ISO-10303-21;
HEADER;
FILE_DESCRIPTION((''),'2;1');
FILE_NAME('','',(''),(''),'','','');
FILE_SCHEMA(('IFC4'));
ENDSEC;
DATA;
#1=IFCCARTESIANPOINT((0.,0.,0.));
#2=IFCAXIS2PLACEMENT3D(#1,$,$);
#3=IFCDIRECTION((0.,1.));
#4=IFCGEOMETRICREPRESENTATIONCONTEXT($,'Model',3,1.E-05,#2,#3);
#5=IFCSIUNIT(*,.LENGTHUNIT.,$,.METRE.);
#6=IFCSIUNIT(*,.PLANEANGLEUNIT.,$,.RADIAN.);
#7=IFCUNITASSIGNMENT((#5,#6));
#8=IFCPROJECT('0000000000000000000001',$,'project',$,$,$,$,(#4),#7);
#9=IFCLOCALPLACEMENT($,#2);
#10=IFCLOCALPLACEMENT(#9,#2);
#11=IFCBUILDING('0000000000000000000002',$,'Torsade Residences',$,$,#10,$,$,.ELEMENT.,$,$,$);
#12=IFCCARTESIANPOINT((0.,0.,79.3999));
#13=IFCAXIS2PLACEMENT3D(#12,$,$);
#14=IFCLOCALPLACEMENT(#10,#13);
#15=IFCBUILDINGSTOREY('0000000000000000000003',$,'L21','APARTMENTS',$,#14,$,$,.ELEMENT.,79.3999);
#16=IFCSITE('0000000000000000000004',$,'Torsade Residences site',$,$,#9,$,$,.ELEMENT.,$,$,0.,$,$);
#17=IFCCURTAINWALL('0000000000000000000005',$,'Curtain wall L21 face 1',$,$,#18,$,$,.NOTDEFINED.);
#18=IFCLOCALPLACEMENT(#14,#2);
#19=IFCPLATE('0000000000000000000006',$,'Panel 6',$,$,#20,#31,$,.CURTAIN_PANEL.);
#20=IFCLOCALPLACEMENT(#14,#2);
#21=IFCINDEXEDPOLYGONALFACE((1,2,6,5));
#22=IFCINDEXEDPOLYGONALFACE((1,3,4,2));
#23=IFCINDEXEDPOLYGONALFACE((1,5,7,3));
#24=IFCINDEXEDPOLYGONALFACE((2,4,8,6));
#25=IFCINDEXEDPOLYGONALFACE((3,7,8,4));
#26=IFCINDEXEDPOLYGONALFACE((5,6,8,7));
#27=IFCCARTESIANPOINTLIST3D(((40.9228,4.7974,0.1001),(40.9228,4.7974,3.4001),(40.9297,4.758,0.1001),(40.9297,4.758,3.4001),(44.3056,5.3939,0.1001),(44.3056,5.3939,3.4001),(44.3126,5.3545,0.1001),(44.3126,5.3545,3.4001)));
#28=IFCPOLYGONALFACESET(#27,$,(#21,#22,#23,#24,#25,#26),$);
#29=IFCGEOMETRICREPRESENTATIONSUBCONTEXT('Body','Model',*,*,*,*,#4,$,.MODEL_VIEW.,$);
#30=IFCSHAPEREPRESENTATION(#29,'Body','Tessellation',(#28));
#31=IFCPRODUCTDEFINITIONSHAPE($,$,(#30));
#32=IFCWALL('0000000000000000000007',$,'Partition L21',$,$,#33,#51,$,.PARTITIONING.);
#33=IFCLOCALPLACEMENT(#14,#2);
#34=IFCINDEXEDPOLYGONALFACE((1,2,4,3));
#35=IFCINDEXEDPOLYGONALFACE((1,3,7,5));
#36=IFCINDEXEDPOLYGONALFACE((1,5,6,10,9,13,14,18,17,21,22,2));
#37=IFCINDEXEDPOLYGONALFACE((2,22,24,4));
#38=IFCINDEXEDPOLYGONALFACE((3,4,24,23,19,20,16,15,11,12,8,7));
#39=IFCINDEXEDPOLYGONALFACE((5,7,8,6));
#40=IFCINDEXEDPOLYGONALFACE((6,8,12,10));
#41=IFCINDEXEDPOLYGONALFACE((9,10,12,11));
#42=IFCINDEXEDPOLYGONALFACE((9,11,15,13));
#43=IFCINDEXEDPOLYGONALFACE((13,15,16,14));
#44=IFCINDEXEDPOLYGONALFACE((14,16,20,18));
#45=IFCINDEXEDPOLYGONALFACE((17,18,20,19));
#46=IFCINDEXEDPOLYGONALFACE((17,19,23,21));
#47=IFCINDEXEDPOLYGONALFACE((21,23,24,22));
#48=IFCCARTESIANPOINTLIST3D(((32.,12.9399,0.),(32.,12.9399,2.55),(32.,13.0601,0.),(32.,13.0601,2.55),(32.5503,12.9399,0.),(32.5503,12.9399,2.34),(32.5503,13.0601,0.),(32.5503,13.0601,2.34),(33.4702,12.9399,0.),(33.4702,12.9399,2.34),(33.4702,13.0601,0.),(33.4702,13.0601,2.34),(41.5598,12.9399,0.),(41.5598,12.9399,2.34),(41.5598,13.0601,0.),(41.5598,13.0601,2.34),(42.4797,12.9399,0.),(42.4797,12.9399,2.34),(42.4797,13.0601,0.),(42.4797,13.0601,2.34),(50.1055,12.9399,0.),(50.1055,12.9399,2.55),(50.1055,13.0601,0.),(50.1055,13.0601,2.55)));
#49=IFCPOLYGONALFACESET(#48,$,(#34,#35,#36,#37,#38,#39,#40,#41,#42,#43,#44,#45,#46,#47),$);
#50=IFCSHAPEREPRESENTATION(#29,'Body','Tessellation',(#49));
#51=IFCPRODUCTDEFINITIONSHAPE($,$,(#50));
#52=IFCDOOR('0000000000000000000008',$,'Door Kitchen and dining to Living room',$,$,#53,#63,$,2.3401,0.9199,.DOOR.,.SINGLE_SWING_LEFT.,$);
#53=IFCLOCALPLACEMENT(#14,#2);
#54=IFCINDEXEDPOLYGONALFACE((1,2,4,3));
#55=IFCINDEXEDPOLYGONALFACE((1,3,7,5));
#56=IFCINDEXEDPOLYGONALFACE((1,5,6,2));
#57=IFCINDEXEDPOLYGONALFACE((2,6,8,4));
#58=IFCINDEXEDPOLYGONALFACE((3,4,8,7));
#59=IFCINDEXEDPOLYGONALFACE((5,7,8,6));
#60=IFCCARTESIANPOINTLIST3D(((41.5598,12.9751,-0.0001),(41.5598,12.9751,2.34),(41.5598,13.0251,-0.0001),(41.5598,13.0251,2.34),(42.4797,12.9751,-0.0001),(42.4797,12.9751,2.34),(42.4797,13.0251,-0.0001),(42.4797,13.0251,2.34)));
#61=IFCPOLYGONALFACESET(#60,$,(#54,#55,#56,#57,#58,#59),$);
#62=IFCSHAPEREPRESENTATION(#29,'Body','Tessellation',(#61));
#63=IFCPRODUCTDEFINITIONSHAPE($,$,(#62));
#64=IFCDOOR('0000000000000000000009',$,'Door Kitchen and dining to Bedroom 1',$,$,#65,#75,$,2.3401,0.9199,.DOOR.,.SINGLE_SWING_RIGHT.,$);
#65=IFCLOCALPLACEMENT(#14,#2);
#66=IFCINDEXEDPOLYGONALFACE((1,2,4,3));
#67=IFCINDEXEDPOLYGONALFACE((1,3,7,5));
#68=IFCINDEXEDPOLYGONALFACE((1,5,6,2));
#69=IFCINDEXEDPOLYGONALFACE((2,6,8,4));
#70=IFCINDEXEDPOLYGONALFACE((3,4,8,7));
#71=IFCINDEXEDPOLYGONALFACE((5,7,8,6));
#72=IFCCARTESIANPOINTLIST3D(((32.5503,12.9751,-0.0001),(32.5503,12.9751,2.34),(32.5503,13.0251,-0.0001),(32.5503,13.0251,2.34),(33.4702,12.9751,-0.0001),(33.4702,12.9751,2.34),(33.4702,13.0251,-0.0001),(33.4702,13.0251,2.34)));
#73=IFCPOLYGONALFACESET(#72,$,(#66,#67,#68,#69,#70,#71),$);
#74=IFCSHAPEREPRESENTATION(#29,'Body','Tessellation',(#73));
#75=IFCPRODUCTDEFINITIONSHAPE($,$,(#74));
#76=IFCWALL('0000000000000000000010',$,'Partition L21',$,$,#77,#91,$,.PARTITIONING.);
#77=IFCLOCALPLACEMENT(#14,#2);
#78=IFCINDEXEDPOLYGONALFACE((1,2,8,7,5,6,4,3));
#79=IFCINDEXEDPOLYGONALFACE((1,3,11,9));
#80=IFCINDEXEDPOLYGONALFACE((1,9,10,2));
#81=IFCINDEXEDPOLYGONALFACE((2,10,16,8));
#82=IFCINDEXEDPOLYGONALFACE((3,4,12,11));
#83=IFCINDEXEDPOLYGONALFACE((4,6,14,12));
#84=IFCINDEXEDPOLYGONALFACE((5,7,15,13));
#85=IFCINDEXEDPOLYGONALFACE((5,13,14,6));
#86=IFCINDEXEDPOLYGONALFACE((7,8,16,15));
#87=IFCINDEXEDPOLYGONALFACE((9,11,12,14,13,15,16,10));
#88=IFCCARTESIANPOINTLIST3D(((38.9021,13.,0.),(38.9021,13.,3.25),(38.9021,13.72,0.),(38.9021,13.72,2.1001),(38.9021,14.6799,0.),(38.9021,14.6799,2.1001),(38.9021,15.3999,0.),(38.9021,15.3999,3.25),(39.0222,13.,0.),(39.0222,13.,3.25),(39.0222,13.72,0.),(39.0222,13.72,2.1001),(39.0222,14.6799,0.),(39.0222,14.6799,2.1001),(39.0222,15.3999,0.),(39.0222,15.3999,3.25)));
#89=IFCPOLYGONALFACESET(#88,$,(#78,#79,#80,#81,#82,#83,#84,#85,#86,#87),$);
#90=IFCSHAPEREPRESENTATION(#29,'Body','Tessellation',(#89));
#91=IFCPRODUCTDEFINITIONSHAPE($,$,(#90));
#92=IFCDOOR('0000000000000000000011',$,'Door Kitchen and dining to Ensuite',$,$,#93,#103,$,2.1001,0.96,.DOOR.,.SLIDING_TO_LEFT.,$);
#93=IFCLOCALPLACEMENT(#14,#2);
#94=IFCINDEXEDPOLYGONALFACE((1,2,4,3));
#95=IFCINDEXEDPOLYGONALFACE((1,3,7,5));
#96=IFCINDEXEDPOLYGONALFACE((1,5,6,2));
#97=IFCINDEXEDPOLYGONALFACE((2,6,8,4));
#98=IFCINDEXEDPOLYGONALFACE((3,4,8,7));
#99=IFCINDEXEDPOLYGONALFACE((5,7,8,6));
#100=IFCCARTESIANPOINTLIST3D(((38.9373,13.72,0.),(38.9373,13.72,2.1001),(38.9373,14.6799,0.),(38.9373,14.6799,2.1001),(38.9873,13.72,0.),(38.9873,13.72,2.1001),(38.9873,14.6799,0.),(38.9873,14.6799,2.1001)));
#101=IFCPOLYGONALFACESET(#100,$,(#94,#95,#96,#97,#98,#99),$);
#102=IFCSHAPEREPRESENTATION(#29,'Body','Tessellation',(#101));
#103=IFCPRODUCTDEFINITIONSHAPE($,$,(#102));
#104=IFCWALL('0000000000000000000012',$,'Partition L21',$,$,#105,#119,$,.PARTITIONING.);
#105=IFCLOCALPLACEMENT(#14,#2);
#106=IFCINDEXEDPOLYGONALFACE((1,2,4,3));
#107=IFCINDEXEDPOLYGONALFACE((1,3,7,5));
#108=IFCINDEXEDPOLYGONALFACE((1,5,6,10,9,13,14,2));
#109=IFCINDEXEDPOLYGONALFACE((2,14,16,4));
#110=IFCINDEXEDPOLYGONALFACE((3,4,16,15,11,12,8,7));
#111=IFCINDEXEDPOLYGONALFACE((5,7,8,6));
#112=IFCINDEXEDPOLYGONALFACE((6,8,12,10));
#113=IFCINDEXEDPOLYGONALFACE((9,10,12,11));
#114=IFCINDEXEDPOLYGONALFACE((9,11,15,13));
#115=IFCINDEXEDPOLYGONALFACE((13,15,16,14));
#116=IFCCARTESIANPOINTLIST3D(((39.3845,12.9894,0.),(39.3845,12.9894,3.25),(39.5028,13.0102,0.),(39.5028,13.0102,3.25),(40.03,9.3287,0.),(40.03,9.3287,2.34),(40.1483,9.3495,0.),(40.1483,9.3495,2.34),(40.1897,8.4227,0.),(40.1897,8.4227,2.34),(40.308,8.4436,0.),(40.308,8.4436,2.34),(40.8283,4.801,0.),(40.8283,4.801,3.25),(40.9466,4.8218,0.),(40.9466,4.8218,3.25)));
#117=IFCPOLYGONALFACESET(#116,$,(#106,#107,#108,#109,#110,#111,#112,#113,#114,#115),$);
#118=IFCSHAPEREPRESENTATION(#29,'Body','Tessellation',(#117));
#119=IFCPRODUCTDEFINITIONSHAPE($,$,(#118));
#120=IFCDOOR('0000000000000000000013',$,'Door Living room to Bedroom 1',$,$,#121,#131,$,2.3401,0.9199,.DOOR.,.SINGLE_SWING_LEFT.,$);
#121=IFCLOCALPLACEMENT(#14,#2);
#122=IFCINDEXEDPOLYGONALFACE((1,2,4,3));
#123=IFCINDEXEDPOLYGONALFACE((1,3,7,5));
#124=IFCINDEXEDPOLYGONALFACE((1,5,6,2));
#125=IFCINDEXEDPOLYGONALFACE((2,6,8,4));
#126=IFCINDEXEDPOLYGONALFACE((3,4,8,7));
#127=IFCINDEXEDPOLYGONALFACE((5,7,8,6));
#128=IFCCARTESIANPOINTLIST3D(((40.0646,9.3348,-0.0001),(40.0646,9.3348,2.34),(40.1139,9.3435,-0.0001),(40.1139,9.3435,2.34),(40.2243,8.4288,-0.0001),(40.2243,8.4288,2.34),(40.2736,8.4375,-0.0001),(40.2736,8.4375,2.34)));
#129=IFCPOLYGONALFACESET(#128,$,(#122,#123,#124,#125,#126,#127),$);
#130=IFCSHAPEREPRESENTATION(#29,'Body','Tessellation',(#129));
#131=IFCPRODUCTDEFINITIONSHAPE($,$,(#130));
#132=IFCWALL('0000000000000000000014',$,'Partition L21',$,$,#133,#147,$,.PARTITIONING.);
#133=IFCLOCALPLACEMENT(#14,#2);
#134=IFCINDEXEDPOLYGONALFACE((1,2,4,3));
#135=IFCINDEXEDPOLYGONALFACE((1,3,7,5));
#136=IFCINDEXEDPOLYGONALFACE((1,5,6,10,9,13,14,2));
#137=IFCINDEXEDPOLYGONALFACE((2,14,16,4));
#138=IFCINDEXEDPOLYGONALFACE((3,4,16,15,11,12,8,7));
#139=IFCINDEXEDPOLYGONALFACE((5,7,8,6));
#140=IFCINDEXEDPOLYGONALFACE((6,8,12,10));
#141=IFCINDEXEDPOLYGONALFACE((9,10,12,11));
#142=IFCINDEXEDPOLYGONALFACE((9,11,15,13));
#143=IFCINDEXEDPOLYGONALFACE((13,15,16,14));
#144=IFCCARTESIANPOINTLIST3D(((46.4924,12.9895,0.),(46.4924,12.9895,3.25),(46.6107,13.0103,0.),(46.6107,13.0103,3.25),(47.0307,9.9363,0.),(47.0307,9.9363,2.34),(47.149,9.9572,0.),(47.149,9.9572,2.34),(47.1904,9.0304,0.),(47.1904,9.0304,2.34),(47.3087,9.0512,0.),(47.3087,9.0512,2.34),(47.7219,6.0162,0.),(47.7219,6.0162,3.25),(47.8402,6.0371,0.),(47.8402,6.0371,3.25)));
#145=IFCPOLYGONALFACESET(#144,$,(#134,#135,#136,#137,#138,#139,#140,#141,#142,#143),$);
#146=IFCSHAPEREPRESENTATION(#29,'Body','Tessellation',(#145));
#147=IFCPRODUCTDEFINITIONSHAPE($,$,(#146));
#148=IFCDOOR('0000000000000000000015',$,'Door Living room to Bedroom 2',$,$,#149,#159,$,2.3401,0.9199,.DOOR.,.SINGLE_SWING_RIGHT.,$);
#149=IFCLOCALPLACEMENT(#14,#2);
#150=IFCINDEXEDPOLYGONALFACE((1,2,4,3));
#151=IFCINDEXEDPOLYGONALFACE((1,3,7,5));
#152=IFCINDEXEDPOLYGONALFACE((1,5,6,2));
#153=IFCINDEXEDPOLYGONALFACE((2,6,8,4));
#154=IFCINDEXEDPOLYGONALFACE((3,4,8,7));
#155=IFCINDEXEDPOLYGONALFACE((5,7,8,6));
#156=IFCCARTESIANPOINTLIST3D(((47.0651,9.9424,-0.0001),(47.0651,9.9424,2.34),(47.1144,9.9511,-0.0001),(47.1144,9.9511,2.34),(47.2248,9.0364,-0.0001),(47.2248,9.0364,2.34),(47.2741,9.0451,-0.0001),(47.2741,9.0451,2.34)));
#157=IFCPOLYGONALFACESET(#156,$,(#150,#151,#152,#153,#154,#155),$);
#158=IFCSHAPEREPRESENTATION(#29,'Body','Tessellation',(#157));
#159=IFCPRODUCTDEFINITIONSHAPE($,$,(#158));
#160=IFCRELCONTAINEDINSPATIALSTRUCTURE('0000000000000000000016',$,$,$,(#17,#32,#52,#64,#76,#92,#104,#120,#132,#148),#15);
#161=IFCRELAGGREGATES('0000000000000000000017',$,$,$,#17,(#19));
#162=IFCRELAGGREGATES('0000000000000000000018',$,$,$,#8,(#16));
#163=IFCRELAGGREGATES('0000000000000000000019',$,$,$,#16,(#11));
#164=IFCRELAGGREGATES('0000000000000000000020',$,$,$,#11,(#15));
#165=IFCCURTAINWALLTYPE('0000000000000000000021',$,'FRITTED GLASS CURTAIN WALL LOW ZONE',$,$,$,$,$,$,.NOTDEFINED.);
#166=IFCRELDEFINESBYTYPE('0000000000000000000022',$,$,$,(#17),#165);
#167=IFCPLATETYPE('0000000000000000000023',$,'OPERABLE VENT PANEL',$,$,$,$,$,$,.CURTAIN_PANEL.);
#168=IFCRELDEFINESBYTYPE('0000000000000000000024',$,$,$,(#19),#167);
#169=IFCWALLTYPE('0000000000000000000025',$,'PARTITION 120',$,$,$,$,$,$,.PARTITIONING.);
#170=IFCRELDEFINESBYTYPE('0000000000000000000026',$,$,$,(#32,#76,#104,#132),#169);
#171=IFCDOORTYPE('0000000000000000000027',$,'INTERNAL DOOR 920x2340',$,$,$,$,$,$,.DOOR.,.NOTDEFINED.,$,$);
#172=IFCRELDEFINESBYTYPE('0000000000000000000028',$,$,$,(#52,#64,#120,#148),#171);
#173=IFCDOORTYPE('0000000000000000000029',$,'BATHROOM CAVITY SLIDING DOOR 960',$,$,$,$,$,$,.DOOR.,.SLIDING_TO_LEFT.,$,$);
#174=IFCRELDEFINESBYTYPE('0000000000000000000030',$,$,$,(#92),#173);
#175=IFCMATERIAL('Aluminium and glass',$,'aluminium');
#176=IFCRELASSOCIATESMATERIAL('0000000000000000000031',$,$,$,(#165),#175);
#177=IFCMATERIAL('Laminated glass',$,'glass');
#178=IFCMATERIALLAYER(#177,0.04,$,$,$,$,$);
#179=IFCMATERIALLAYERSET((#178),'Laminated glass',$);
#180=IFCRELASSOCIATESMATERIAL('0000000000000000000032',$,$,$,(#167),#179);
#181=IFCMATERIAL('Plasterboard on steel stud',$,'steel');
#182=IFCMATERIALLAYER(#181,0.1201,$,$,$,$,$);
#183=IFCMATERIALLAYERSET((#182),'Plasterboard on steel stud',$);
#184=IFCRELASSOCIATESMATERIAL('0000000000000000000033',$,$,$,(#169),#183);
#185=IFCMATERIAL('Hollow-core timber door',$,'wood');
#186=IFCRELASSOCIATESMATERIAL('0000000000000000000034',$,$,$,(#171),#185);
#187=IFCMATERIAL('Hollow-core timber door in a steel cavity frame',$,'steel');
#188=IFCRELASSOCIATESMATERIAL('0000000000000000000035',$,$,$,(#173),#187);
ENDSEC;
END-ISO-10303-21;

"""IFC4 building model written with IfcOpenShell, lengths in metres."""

from ifc_helpers import new_model, si_unit, direction, frame, frame_2d, origin, origin_2d, place, context, subcontext, project, spatial, rectangle, extrude, material, layer, layer_set, type_object, element, fill, aggregate, save


model = new_model("IFC4")

# Units and contexts
model_context = context("Model", 3, precision=1e-05, world=origin(), true_north=direction((0.0, 1.0)))
body_context = subcontext(model_context, "Body", "Model", "MODEL_VIEW")
ifc_project = project(units=[si_unit("LENGTHUNIT", "METRE"), si_unit("PLANEANGLEUNIT", "RADIAN")], contexts=[model_context])

# Site, building, storey
site_placement = place(None, origin())
site = spatial("IfcSite", under=ifc_project, at=site_placement, Name="Torsade Residences site", CompositionType="ELEMENT", RefElevation=0.0)
building_placement = place(site_placement, origin())
building = spatial("IfcBuilding", under=site, at=building_placement, Name="Torsade Residences", CompositionType="ELEMENT")
storey_placement = place(building_placement, frame((0.0, 0.0, 79.3999)))
storey = spatial("IfcBuildingStorey", under=building, at=storey_placement, Name="L21", Description="APARTMENTS", CompositionType="ELEMENT", Elevation=79.3999)

# Curtain wall
ifc_material_1 = material(Name="Aluminium and glass", Category="aluminium")
curtain_wall_type = type_object("IfcCurtainWallType", Name="FRITTED GLASS CURTAIN WALL LOW ZONE", PredefinedType="NOTDEFINED", material=ifc_material_1)
curtain_wall_placement = place(storey_placement, origin())
curtain_wall = element("IfcCurtainWall", 1, at=curtain_wall_placement, inside=storey, type_object=curtain_wall_type, Name="Curtain wall L21 face 1", PredefinedType="NOTDEFINED")

# Plate
ifc_material_2 = material(Name="Laminated glass", Category="glass")
ifc_layer_1 = layer(ifc_material_2, 0.04)
ifc_layer_set_1 = layer_set([ifc_layer_1], Name="Laminated glass")
plate_type_1 = type_object("IfcPlateType", Name="OPERABLE VENT PANEL", PredefinedType="CURTAIN_PANEL", material=ifc_layer_set_1)
plate_1_placement = place(storey_placement, frame((42.6177, 5.0759, 0.1001), z_axis=(0.0, 0.0, 1.0), x_axis=(0.984808, 0.173648, 0.0)))
plate_1 = element("IfcPlate", 2, at=plate_1_placement, type_object=plate_type_1, Name="Panel 6", PredefinedType="CURTAIN_PANEL", context=body_context, shape_type="SweptSolid", body=[
    extrude(rectangle(XDim=3.4351, YDim=0.04, at=origin_2d()), origin(), (0.0, 0.0, 1.0), 3.3),
])
aggregate(curtain_wall, [plate_1])

# Wall, openings, doors
ifc_material_3 = material(Name="Plasterboard on steel stud", Category="steel")
ifc_layer_2 = layer(ifc_material_3, 0.1201)
ifc_layer_set_2 = layer_set([ifc_layer_2], Name="Plasterboard on steel stud")
wall_type_1 = type_object("IfcWallType", Name="PARTITION 120", PredefinedType="PARTITIONING", material=ifc_layer_set_2)
wall_1_placement = place(storey_placement, frame((50.1055, 13.0, 0.0), z_axis=(0.0, 0.0, 1.0), x_axis=(-1.0, 0.0, 0.0)))
wall_1 = element("IfcWall", 3, at=wall_1_placement, inside=storey, type_object=wall_type_1, Name="Partition L21", PredefinedType="PARTITIONING", context=body_context, shape_type="SweptSolid", body=[
    extrude(rectangle(XDim=18.1055, YDim=0.1201, at=frame_2d((9.0527, 0.0))), origin(), (0.0, 0.0, 1.0), 2.55),
])
opening_1_placement = place(wall_1_placement, frame((7.6257, 0.0, 0.0)))
opening_1 = element("IfcOpeningElement", 4, at=opening_1_placement, cuts=wall_1, PredefinedType="OPENING", context=body_context, shape_type="SweptSolid", body=[
    extrude(rectangle(XDim=0.9199, YDim=2.3401, at=frame_2d((0.46, 1.1699))), frame((0.0, 0.0701, 0.0), z_axis=(0.0, -1.0, 0.0), x_axis=(1.0, 0.0, 0.0)), (0.0, 0.0, 1.0), 0.1401),
])
opening_2_placement = place(wall_1_placement, frame((16.6353, 0.0, 0.0)))
opening_2 = element("IfcOpeningElement", 5, at=opening_2_placement, cuts=wall_1, PredefinedType="OPENING", context=body_context, shape_type="SweptSolid", body=[
    extrude(rectangle(XDim=0.9199, YDim=2.3401, at=frame_2d((0.46, 1.1699))), frame((0.0, 0.0701, 0.0), z_axis=(0.0, -1.0, 0.0), x_axis=(1.0, 0.0, 0.0)), (0.0, 0.0, 1.0), 0.1401),
])
ifc_material_4 = material(Name="Hollow-core timber door", Category="wood")
door_type_1 = type_object("IfcDoorType", Name="INTERNAL DOOR 920x2340", OperationType="NOTDEFINED", PredefinedType="DOOR", material=ifc_material_4)
door_1_placement = place(opening_1_placement, origin())
door_1 = element("IfcDoor", 6, at=door_1_placement, inside=storey, type_object=door_type_1, Name="Door Kitchen and dining to Living room", OperationType="SINGLE_SWING_LEFT", OverallHeight=2.3401, OverallWidth=0.9199, PredefinedType="DOOR", context=body_context, shape_type="SweptSolid", body=[
    extrude(rectangle(XDim=0.9199, YDim=2.3401, at=frame_2d((0.46, 1.1699))), frame((0.0, 0.0249, 0.0), z_axis=(0.0, -1.0, 0.0), x_axis=(1.0, 0.0, 0.0)), (0.0, 0.0, 1.0), 0.05),
])
fill(opening_1, door_1)
door_2_placement = place(opening_2_placement, origin())
door_2 = element("IfcDoor", 7, at=door_2_placement, inside=storey, type_object=door_type_1, Name="Door Kitchen and dining to Bedroom 1", OperationType="SINGLE_SWING_RIGHT", OverallHeight=2.3401, OverallWidth=0.9199, PredefinedType="DOOR", context=body_context, shape_type="SweptSolid", body=[
    extrude(rectangle(XDim=0.9199, YDim=2.3401, at=frame_2d((0.46, 1.1699))), frame((0.0, 0.0249, 0.0), z_axis=(0.0, -1.0, 0.0), x_axis=(1.0, 0.0, 0.0)), (0.0, 0.0, 1.0), 0.05),
])
fill(opening_2, door_2)

# Walls, openings, doors
wall_2_placement = place(storey_placement, frame((38.9622, 13.0, 0.0), z_axis=(0.0, 0.0, 1.0), x_axis=(0.0, 1.0, 0.0)))
wall_2 = element("IfcWall", 8, at=wall_2_placement, inside=storey, type_object=wall_type_1, Name="Partition L21", PredefinedType="PARTITIONING", context=body_context, shape_type="SweptSolid", body=[
    extrude(rectangle(XDim=2.3999, YDim=0.1201, at=frame_2d((1.2, 0.0))), origin(), (0.0, 0.0, 1.0), 3.25),
])
opening_3_placement = place(wall_2_placement, frame((0.72, 0.0, 0.0)))
opening_3 = element("IfcOpeningElement", 9, at=opening_3_placement, cuts=wall_2, PredefinedType="OPENING", context=body_context, shape_type="SweptSolid", body=[
    extrude(rectangle(XDim=0.96, YDim=2.1001, at=frame_2d((0.48, 1.05))), frame((0.0, 0.0701, 0.0), z_axis=(0.0, -1.0, 0.0), x_axis=(1.0, 0.0, 0.0)), (0.0, 0.0, 1.0), 0.1401),
])
ifc_material_5 = material(Name="Hollow-core timber door in a steel cavity frame", Category="steel")
door_type_2 = type_object("IfcDoorType", Name="BATHROOM CAVITY SLIDING DOOR 960", OperationType="SLIDING_TO_LEFT", PredefinedType="DOOR", material=ifc_material_5)
door_3_placement = place(opening_3_placement, origin())
door_3 = element("IfcDoor", 10, at=door_3_placement, inside=storey, type_object=door_type_2, Name="Door Kitchen and dining to Ensuite", OperationType="SLIDING_TO_LEFT", OverallHeight=2.1001, OverallWidth=0.96, PredefinedType="DOOR", context=body_context, shape_type="SweptSolid", body=[
    extrude(rectangle(XDim=0.96, YDim=2.1001, at=frame_2d((0.48, 1.05))), frame((0.0, 0.0249, 0.0), z_axis=(0.0, -1.0, 0.0), x_axis=(1.0, 0.0, 0.0)), (0.0, 0.0, 1.0), 0.05),
])
fill(opening_3, door_3)
wall_3_placement = place(storey_placement, frame((40.8875, 4.8115, 0.0), z_axis=(0.0, 0.0, 1.0), x_axis=(-0.173648, 0.984808, 0.0)))
wall_3 = element("IfcWall", 11, at=wall_3_placement, inside=storey, type_object=wall_type_1, Name="Partition L21", PredefinedType="PARTITIONING", context=body_context, shape_type="SweptSolid", body=[
    extrude(rectangle(XDim=8.3147, YDim=0.1201, at=frame_2d((4.1572, 0.0))), origin(), (0.0, 0.0, 1.0), 3.25),
])
opening_4_placement = place(wall_3_placement, frame((3.6775, 0.0, 0.0)))
opening_4 = element("IfcOpeningElement", 12, at=opening_4_placement, cuts=wall_3, PredefinedType="OPENING", context=body_context, shape_type="SweptSolid", body=[
    extrude(rectangle(XDim=0.9199, YDim=2.3401, at=frame_2d((0.46, 1.1699))), frame((0.0, 0.0701, 0.0), z_axis=(0.0, -1.0, 0.0), x_axis=(1.0, 0.0, 0.0)), (0.0, 0.0, 1.0), 0.1401),
])
door_4_placement = place(opening_4_placement, origin())
door_4 = element("IfcDoor", 13, at=door_4_placement, inside=storey, type_object=door_type_1, Name="Door Living room to Bedroom 1", OperationType="SINGLE_SWING_LEFT", OverallHeight=2.3401, OverallWidth=0.9199, PredefinedType="DOOR", context=body_context, shape_type="SweptSolid", body=[
    extrude(rectangle(XDim=0.9199, YDim=2.3401, at=frame_2d((0.46, 1.1699))), frame((0.0, 0.0249, 0.0), z_axis=(0.0, -1.0, 0.0), x_axis=(1.0, 0.0, 0.0)), (0.0, 0.0, 1.0), 0.05),
])
fill(opening_4, door_4)
wall_4_placement = place(storey_placement, frame((46.5515, 13.0, 0.0), z_axis=(0.0, 0.0, 1.0), x_axis=(0.17364, -0.984809, 0.0)))
wall_4 = element("IfcWall", 14, at=wall_4_placement, inside=storey, type_object=wall_type_1, Name="Partition L21", PredefinedType="PARTITIONING", context=body_context, shape_type="SweptSolid", body=[
    extrude(rectangle(XDim=7.0808, YDim=0.1201, at=frame_2d((3.5405, 0.0))), origin(), (0.0, 0.0, 1.0), 3.25),
])
opening_5_placement = place(wall_4_placement, frame((3.1003, 0.0, 0.0)))
opening_5 = element("IfcOpeningElement", 15, at=opening_5_placement, cuts=wall_4, PredefinedType="OPENING", context=body_context, shape_type="SweptSolid", body=[
    extrude(rectangle(XDim=0.9199, YDim=2.3401, at=frame_2d((0.46, 1.1699))), frame((0.0, 0.0701, 0.0), z_axis=(0.0, -1.0, 0.0), x_axis=(1.0, 0.0, 0.0)), (0.0, 0.0, 1.0), 0.1401),
])
door_5_placement = place(opening_5_placement, origin())
door_5 = element("IfcDoor", 16, at=door_5_placement, inside=storey, type_object=door_type_1, Name="Door Living room to Bedroom 2", OperationType="SINGLE_SWING_RIGHT", OverallHeight=2.3401, OverallWidth=0.9199, PredefinedType="DOOR", context=body_context, shape_type="SweptSolid", body=[
    extrude(rectangle(XDim=0.9199, YDim=2.3401, at=frame_2d((0.46, 1.1699))), frame((0.0, 0.0249, 0.0), z_axis=(0.0, -1.0, 0.0), x_axis=(1.0, 0.0, 0.0)), (0.0, 0.0, 1.0), 0.05),
])
fill(opening_5, door_5)

save(model, "model.ifc")
